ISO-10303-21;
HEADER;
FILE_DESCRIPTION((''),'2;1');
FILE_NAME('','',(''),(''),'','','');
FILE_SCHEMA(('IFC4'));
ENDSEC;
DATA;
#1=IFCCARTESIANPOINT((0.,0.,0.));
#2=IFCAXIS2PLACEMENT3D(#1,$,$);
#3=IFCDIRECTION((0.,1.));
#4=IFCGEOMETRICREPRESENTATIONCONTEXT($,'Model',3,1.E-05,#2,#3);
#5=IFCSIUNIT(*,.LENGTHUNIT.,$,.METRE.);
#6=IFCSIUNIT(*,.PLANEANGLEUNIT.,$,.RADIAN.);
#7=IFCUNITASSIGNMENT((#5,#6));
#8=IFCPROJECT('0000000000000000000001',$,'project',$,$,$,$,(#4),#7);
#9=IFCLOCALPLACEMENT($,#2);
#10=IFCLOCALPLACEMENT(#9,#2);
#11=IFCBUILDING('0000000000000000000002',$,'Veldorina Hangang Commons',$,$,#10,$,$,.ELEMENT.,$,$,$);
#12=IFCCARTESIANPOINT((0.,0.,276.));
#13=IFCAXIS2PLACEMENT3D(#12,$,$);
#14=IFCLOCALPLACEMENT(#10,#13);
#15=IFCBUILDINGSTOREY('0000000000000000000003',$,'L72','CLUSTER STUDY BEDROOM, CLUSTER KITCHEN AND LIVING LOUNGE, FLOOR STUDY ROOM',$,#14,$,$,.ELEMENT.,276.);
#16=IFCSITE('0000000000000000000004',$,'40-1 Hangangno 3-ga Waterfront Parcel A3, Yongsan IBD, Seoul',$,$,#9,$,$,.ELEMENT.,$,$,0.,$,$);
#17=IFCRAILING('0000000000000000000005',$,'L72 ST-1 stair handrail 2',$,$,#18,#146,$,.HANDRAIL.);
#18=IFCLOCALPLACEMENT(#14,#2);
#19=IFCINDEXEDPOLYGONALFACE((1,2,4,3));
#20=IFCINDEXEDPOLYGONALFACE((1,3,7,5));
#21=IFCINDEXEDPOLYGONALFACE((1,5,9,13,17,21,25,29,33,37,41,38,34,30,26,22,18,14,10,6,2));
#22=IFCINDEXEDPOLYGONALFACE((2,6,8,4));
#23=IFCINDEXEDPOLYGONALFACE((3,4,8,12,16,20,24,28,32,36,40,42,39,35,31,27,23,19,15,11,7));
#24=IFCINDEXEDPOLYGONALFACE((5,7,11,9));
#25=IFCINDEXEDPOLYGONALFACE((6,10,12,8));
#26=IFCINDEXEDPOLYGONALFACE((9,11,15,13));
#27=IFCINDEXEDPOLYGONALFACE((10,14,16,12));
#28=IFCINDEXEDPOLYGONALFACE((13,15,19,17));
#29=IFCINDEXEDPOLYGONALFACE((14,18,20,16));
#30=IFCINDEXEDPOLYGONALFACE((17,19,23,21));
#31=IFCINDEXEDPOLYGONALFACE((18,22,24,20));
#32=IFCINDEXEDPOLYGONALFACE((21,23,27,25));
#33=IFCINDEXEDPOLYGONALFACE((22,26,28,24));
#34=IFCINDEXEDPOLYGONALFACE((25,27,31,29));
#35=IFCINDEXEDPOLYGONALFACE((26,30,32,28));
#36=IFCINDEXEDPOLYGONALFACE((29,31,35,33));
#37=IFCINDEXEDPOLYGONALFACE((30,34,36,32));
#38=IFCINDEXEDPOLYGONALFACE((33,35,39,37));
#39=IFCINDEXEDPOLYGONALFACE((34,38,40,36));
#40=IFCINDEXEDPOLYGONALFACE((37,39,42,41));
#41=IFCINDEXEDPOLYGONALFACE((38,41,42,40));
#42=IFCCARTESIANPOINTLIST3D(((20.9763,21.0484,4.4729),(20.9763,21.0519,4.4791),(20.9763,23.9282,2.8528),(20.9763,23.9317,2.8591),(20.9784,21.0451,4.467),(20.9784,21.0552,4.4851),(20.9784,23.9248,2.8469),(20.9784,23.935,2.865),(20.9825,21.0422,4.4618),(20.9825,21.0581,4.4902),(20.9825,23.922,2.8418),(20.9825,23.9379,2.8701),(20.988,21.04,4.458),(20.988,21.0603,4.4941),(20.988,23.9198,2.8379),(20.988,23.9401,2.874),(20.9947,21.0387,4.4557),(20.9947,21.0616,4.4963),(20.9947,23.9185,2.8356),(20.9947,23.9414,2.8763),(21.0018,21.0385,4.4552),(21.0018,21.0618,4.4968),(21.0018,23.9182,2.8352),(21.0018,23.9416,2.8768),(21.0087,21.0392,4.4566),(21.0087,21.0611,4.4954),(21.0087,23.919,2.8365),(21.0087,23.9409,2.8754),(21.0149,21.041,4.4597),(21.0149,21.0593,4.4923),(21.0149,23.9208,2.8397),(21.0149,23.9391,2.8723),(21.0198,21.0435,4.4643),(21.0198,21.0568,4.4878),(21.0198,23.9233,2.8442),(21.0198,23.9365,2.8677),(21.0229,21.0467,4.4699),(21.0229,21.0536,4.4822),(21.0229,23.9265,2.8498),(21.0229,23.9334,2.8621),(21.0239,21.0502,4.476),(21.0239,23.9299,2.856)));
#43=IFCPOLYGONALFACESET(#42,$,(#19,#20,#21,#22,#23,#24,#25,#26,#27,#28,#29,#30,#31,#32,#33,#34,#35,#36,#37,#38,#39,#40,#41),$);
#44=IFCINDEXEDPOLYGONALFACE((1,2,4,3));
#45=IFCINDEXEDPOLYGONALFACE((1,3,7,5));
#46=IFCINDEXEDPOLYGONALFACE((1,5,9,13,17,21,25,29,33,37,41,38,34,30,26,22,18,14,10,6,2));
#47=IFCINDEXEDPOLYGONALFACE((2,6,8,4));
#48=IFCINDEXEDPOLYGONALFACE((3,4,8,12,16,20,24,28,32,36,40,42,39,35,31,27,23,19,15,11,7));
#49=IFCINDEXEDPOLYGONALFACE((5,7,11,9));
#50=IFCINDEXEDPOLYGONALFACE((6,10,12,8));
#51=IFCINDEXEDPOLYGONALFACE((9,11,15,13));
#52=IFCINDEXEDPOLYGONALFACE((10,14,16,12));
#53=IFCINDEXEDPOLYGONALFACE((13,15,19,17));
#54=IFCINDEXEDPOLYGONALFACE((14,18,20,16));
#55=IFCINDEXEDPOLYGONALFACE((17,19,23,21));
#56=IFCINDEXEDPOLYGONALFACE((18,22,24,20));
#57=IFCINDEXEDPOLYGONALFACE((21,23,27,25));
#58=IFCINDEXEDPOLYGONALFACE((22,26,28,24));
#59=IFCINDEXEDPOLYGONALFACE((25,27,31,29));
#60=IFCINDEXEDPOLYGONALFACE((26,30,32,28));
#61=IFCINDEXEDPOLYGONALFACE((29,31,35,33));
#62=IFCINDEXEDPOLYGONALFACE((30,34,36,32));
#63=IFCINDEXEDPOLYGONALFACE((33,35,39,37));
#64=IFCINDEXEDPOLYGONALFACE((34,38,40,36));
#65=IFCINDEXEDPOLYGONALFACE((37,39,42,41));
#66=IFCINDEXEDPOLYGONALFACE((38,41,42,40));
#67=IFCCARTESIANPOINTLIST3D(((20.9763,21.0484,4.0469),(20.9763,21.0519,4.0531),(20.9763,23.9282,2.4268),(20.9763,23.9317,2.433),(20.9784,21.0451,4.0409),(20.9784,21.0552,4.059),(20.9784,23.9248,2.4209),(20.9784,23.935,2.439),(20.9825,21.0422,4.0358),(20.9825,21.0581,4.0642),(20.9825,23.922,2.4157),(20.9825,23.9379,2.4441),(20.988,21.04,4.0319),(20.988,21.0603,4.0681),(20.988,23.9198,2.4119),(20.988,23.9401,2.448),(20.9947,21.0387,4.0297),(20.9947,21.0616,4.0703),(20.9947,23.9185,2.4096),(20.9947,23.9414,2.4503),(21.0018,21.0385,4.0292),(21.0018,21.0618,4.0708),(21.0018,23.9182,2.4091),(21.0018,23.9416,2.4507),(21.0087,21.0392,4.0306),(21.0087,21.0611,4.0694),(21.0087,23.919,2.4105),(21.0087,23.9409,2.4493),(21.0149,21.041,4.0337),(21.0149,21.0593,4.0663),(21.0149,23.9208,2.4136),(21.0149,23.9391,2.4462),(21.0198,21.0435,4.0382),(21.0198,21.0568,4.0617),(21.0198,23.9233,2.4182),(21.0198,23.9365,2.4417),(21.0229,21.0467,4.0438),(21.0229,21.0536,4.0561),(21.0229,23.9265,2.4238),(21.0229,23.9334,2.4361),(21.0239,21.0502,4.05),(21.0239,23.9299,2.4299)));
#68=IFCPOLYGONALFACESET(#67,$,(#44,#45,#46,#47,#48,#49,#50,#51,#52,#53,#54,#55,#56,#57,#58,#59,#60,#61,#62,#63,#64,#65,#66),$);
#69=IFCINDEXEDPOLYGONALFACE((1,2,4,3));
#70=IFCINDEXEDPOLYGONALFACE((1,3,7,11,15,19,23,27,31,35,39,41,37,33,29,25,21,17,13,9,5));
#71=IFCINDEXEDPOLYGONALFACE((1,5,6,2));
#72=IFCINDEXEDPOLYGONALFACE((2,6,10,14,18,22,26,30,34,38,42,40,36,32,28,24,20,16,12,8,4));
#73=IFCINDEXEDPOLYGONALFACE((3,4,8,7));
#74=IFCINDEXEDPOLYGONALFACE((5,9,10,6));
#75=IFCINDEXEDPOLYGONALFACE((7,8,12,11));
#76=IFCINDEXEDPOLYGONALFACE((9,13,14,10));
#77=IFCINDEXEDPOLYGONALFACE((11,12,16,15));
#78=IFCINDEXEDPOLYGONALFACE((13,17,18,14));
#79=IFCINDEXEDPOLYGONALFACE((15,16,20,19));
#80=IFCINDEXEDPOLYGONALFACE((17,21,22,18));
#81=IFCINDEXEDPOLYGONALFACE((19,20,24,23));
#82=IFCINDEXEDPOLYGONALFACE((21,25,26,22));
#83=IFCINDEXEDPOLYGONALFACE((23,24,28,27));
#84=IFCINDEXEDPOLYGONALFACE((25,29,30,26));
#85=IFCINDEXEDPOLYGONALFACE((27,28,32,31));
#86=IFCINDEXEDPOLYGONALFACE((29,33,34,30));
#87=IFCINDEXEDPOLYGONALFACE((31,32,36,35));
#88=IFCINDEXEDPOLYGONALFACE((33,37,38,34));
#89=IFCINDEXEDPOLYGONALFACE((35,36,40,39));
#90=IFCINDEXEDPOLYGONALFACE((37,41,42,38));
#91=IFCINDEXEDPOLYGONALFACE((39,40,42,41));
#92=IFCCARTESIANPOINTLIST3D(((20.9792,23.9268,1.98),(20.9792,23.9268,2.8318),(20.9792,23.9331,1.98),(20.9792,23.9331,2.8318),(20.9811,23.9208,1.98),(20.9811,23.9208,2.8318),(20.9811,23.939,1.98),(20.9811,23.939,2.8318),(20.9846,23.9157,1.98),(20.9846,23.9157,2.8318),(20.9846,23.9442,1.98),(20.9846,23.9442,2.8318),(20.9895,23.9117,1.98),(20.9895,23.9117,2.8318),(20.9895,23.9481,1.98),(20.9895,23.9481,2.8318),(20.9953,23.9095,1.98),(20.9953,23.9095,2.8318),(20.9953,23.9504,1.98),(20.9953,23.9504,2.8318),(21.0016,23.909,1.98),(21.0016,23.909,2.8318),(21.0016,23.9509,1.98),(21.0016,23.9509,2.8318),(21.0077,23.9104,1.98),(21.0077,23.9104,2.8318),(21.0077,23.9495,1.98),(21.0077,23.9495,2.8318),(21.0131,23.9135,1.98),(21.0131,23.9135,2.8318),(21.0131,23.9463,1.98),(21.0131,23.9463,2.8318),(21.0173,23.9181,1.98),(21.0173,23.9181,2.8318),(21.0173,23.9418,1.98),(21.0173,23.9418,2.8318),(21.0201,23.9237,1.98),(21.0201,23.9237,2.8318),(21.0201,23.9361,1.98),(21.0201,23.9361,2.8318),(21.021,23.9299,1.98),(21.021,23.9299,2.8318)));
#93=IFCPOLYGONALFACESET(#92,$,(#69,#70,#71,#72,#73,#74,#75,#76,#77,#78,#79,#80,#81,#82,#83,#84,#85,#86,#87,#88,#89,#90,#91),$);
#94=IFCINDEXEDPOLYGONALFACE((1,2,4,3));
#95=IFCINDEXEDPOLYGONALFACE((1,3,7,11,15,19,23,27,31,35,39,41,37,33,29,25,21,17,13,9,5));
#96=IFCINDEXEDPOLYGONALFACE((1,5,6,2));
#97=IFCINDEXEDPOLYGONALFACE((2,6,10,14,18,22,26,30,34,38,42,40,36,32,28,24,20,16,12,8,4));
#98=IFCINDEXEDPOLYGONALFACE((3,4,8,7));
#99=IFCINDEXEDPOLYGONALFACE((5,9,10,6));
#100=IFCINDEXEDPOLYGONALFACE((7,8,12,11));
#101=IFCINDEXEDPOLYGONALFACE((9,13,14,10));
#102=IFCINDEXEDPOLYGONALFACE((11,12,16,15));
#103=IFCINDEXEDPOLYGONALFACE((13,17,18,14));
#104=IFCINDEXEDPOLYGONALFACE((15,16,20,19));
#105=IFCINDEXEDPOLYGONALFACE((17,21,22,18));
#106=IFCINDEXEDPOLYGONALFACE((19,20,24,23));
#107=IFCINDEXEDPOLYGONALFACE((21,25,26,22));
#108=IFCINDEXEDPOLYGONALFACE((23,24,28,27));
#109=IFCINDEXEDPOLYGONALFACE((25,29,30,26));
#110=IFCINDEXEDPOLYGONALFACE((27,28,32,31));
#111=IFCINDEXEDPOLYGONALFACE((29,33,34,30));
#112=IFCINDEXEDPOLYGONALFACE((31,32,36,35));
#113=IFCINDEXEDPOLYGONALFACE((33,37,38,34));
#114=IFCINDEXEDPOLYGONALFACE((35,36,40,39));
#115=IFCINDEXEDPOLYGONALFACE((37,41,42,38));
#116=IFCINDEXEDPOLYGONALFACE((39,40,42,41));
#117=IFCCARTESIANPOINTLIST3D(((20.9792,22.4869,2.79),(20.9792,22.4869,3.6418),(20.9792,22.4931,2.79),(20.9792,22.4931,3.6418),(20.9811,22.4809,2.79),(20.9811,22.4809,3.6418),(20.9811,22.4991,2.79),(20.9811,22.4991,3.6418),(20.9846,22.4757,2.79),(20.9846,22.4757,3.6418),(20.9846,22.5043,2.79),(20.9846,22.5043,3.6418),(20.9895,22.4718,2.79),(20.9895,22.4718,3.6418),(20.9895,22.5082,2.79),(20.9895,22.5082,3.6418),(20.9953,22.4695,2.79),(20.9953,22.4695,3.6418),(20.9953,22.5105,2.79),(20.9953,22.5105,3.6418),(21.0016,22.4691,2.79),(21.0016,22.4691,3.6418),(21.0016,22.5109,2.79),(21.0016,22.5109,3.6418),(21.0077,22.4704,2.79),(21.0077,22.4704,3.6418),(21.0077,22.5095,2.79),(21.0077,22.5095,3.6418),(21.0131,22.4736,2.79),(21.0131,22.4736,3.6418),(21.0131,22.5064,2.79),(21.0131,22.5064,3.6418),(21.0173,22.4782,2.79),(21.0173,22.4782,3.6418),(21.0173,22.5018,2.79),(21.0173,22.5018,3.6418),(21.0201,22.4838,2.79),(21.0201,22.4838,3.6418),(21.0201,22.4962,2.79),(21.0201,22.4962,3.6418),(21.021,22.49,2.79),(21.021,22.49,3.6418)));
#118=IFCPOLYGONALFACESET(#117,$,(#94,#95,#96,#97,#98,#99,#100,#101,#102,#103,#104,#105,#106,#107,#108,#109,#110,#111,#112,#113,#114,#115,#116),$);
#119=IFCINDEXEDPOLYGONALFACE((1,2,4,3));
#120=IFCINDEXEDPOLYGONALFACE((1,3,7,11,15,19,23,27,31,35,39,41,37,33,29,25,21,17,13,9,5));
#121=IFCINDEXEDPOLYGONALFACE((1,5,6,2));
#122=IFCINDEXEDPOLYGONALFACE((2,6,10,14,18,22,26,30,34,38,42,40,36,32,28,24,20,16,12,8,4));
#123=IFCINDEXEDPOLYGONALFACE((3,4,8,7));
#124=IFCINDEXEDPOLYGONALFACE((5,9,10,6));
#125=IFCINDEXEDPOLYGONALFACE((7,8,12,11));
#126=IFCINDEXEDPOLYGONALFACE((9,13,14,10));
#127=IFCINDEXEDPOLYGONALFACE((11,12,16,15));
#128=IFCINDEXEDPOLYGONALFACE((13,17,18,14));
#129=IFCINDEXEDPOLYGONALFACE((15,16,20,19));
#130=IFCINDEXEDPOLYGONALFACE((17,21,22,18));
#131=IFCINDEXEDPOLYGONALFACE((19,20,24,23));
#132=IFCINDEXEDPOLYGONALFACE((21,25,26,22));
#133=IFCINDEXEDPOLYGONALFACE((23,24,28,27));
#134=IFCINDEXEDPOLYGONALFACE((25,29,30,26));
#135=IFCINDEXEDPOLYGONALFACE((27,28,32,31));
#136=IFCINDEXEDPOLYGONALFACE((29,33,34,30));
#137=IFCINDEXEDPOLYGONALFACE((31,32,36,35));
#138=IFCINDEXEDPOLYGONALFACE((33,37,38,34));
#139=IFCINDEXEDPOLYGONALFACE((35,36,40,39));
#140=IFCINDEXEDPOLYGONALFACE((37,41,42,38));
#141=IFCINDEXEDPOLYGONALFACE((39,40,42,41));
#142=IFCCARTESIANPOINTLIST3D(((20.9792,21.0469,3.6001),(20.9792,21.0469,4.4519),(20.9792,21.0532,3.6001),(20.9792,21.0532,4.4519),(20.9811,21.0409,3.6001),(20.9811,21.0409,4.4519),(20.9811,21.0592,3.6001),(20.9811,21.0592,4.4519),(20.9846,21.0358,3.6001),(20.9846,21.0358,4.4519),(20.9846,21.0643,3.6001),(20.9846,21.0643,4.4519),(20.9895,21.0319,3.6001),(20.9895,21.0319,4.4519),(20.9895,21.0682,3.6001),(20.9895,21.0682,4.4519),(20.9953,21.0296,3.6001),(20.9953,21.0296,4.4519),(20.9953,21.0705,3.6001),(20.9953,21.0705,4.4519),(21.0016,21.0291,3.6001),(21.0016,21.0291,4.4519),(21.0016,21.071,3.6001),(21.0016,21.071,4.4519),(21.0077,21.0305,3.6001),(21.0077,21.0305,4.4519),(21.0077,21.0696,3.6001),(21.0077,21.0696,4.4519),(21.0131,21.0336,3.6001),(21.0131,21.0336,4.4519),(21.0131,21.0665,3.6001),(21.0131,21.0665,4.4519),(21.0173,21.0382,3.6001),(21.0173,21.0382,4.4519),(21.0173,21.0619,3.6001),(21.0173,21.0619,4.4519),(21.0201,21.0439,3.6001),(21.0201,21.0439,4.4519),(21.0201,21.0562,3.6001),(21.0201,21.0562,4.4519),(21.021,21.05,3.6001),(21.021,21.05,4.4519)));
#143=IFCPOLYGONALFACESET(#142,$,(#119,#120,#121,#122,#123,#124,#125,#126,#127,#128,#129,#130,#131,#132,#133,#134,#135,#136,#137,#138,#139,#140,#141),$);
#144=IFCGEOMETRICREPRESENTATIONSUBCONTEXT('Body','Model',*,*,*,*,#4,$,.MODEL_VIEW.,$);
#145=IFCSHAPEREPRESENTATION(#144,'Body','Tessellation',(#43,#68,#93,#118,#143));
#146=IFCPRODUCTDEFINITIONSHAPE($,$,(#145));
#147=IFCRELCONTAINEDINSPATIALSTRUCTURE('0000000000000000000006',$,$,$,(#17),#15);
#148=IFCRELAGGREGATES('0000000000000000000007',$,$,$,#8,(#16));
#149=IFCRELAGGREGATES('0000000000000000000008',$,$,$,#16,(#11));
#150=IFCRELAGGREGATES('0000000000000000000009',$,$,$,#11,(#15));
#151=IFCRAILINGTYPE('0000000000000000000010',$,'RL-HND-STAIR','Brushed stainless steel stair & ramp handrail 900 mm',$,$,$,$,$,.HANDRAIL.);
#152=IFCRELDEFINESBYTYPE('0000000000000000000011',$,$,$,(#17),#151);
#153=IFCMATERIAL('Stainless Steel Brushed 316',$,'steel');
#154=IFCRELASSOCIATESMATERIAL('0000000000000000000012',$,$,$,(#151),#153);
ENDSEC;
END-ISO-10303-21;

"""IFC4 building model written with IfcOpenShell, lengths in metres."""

from ifc_helpers import new_model, si_unit, direction, frame, origin, origin_2d, place, context, subcontext, project, spatial, circle, extrude, material, type_object, element, save


model = new_model("IFC4")

# Units and contexts
model_context = context("Model", 3, precision=1e-05, world=origin(), true_north=direction((0.0, 1.0)))
body_context = subcontext(model_context, "Body", "Model", "MODEL_VIEW")
ifc_project = project(units=[si_unit("LENGTHUNIT", "METRE"), si_unit("PLANEANGLEUNIT", "RADIAN")], contexts=[model_context])

# Site, building, storey
site_placement = place(None, origin())
site = spatial("IfcSite", under=ifc_project, at=site_placement, Name="40-1 Hangangno 3-ga Waterfront Parcel A3, Yongsan IBD, Seoul", CompositionType="ELEMENT", RefElevation=0.0)
building_placement = place(site_placement, origin())
building = spatial("IfcBuilding", under=site, at=building_placement, Name="Veldorina Hangang Commons", CompositionType="ELEMENT")
storey_placement = place(building_placement, frame((0.0, 0.0, 276.0)))
storey = spatial("IfcBuildingStorey", under=building, at=storey_placement, Name="L72", Description="CLUSTER STUDY BEDROOM, CLUSTER KITCHEN AND LIVING LOUNGE, FLOOR STUDY ROOM", CompositionType="ELEMENT", Elevation=276.0)

# Railing
ifc_material_1 = material(Name="Stainless Steel Brushed 316", Category="steel")
railing_type_1 = type_object("IfcRailingType", Name="RL-HND-STAIR", Description="Brushed stainless steel stair & ramp handrail 900 mm", PredefinedType="HANDRAIL", material=ifc_material_1)
railing_1_placement = place(storey_placement, frame((21.0, 23.9299, 1.98)))
element("IfcRailing", 1, at=railing_1_placement, inside=storey, type_object=railing_type_1, Name="L72 ST-1 stair handrail 2", PredefinedType="HANDRAIL", context=body_context, shape_type="SweptSolid", body=[
    extrude(circle(Radius=0.0239, at=origin_2d()), frame((0.0, 0.0, 0.876), z_axis=(0.0, -0.871552, 0.490303), x_axis=(1.0, 0.0, 0.0)), (0.0, 0.0, 1.0), 3.3042),
    extrude(circle(Radius=0.0239, at=origin_2d()), frame((0.0, 0.0, 0.45), z_axis=(0.0, -0.871552, 0.490303), x_axis=(1.0, 0.0, 0.0)), (0.0, 0.0, 1.0), 3.3042),
    extrude(circle(Radius=0.021, at=origin_2d()), origin(), (0.0, 0.0, 1.0), 0.8518),
    extrude(circle(Radius=0.021, at=origin_2d()), frame((0.0, -1.4399, 0.8101)), (0.0, 0.0, 1.0), 0.8518),
    extrude(circle(Radius=0.021, at=origin_2d()), frame((0.0, -2.8799, 1.6201)), (0.0, 0.0, 1.0), 0.8518),
])

save(model, "model.ifc")
